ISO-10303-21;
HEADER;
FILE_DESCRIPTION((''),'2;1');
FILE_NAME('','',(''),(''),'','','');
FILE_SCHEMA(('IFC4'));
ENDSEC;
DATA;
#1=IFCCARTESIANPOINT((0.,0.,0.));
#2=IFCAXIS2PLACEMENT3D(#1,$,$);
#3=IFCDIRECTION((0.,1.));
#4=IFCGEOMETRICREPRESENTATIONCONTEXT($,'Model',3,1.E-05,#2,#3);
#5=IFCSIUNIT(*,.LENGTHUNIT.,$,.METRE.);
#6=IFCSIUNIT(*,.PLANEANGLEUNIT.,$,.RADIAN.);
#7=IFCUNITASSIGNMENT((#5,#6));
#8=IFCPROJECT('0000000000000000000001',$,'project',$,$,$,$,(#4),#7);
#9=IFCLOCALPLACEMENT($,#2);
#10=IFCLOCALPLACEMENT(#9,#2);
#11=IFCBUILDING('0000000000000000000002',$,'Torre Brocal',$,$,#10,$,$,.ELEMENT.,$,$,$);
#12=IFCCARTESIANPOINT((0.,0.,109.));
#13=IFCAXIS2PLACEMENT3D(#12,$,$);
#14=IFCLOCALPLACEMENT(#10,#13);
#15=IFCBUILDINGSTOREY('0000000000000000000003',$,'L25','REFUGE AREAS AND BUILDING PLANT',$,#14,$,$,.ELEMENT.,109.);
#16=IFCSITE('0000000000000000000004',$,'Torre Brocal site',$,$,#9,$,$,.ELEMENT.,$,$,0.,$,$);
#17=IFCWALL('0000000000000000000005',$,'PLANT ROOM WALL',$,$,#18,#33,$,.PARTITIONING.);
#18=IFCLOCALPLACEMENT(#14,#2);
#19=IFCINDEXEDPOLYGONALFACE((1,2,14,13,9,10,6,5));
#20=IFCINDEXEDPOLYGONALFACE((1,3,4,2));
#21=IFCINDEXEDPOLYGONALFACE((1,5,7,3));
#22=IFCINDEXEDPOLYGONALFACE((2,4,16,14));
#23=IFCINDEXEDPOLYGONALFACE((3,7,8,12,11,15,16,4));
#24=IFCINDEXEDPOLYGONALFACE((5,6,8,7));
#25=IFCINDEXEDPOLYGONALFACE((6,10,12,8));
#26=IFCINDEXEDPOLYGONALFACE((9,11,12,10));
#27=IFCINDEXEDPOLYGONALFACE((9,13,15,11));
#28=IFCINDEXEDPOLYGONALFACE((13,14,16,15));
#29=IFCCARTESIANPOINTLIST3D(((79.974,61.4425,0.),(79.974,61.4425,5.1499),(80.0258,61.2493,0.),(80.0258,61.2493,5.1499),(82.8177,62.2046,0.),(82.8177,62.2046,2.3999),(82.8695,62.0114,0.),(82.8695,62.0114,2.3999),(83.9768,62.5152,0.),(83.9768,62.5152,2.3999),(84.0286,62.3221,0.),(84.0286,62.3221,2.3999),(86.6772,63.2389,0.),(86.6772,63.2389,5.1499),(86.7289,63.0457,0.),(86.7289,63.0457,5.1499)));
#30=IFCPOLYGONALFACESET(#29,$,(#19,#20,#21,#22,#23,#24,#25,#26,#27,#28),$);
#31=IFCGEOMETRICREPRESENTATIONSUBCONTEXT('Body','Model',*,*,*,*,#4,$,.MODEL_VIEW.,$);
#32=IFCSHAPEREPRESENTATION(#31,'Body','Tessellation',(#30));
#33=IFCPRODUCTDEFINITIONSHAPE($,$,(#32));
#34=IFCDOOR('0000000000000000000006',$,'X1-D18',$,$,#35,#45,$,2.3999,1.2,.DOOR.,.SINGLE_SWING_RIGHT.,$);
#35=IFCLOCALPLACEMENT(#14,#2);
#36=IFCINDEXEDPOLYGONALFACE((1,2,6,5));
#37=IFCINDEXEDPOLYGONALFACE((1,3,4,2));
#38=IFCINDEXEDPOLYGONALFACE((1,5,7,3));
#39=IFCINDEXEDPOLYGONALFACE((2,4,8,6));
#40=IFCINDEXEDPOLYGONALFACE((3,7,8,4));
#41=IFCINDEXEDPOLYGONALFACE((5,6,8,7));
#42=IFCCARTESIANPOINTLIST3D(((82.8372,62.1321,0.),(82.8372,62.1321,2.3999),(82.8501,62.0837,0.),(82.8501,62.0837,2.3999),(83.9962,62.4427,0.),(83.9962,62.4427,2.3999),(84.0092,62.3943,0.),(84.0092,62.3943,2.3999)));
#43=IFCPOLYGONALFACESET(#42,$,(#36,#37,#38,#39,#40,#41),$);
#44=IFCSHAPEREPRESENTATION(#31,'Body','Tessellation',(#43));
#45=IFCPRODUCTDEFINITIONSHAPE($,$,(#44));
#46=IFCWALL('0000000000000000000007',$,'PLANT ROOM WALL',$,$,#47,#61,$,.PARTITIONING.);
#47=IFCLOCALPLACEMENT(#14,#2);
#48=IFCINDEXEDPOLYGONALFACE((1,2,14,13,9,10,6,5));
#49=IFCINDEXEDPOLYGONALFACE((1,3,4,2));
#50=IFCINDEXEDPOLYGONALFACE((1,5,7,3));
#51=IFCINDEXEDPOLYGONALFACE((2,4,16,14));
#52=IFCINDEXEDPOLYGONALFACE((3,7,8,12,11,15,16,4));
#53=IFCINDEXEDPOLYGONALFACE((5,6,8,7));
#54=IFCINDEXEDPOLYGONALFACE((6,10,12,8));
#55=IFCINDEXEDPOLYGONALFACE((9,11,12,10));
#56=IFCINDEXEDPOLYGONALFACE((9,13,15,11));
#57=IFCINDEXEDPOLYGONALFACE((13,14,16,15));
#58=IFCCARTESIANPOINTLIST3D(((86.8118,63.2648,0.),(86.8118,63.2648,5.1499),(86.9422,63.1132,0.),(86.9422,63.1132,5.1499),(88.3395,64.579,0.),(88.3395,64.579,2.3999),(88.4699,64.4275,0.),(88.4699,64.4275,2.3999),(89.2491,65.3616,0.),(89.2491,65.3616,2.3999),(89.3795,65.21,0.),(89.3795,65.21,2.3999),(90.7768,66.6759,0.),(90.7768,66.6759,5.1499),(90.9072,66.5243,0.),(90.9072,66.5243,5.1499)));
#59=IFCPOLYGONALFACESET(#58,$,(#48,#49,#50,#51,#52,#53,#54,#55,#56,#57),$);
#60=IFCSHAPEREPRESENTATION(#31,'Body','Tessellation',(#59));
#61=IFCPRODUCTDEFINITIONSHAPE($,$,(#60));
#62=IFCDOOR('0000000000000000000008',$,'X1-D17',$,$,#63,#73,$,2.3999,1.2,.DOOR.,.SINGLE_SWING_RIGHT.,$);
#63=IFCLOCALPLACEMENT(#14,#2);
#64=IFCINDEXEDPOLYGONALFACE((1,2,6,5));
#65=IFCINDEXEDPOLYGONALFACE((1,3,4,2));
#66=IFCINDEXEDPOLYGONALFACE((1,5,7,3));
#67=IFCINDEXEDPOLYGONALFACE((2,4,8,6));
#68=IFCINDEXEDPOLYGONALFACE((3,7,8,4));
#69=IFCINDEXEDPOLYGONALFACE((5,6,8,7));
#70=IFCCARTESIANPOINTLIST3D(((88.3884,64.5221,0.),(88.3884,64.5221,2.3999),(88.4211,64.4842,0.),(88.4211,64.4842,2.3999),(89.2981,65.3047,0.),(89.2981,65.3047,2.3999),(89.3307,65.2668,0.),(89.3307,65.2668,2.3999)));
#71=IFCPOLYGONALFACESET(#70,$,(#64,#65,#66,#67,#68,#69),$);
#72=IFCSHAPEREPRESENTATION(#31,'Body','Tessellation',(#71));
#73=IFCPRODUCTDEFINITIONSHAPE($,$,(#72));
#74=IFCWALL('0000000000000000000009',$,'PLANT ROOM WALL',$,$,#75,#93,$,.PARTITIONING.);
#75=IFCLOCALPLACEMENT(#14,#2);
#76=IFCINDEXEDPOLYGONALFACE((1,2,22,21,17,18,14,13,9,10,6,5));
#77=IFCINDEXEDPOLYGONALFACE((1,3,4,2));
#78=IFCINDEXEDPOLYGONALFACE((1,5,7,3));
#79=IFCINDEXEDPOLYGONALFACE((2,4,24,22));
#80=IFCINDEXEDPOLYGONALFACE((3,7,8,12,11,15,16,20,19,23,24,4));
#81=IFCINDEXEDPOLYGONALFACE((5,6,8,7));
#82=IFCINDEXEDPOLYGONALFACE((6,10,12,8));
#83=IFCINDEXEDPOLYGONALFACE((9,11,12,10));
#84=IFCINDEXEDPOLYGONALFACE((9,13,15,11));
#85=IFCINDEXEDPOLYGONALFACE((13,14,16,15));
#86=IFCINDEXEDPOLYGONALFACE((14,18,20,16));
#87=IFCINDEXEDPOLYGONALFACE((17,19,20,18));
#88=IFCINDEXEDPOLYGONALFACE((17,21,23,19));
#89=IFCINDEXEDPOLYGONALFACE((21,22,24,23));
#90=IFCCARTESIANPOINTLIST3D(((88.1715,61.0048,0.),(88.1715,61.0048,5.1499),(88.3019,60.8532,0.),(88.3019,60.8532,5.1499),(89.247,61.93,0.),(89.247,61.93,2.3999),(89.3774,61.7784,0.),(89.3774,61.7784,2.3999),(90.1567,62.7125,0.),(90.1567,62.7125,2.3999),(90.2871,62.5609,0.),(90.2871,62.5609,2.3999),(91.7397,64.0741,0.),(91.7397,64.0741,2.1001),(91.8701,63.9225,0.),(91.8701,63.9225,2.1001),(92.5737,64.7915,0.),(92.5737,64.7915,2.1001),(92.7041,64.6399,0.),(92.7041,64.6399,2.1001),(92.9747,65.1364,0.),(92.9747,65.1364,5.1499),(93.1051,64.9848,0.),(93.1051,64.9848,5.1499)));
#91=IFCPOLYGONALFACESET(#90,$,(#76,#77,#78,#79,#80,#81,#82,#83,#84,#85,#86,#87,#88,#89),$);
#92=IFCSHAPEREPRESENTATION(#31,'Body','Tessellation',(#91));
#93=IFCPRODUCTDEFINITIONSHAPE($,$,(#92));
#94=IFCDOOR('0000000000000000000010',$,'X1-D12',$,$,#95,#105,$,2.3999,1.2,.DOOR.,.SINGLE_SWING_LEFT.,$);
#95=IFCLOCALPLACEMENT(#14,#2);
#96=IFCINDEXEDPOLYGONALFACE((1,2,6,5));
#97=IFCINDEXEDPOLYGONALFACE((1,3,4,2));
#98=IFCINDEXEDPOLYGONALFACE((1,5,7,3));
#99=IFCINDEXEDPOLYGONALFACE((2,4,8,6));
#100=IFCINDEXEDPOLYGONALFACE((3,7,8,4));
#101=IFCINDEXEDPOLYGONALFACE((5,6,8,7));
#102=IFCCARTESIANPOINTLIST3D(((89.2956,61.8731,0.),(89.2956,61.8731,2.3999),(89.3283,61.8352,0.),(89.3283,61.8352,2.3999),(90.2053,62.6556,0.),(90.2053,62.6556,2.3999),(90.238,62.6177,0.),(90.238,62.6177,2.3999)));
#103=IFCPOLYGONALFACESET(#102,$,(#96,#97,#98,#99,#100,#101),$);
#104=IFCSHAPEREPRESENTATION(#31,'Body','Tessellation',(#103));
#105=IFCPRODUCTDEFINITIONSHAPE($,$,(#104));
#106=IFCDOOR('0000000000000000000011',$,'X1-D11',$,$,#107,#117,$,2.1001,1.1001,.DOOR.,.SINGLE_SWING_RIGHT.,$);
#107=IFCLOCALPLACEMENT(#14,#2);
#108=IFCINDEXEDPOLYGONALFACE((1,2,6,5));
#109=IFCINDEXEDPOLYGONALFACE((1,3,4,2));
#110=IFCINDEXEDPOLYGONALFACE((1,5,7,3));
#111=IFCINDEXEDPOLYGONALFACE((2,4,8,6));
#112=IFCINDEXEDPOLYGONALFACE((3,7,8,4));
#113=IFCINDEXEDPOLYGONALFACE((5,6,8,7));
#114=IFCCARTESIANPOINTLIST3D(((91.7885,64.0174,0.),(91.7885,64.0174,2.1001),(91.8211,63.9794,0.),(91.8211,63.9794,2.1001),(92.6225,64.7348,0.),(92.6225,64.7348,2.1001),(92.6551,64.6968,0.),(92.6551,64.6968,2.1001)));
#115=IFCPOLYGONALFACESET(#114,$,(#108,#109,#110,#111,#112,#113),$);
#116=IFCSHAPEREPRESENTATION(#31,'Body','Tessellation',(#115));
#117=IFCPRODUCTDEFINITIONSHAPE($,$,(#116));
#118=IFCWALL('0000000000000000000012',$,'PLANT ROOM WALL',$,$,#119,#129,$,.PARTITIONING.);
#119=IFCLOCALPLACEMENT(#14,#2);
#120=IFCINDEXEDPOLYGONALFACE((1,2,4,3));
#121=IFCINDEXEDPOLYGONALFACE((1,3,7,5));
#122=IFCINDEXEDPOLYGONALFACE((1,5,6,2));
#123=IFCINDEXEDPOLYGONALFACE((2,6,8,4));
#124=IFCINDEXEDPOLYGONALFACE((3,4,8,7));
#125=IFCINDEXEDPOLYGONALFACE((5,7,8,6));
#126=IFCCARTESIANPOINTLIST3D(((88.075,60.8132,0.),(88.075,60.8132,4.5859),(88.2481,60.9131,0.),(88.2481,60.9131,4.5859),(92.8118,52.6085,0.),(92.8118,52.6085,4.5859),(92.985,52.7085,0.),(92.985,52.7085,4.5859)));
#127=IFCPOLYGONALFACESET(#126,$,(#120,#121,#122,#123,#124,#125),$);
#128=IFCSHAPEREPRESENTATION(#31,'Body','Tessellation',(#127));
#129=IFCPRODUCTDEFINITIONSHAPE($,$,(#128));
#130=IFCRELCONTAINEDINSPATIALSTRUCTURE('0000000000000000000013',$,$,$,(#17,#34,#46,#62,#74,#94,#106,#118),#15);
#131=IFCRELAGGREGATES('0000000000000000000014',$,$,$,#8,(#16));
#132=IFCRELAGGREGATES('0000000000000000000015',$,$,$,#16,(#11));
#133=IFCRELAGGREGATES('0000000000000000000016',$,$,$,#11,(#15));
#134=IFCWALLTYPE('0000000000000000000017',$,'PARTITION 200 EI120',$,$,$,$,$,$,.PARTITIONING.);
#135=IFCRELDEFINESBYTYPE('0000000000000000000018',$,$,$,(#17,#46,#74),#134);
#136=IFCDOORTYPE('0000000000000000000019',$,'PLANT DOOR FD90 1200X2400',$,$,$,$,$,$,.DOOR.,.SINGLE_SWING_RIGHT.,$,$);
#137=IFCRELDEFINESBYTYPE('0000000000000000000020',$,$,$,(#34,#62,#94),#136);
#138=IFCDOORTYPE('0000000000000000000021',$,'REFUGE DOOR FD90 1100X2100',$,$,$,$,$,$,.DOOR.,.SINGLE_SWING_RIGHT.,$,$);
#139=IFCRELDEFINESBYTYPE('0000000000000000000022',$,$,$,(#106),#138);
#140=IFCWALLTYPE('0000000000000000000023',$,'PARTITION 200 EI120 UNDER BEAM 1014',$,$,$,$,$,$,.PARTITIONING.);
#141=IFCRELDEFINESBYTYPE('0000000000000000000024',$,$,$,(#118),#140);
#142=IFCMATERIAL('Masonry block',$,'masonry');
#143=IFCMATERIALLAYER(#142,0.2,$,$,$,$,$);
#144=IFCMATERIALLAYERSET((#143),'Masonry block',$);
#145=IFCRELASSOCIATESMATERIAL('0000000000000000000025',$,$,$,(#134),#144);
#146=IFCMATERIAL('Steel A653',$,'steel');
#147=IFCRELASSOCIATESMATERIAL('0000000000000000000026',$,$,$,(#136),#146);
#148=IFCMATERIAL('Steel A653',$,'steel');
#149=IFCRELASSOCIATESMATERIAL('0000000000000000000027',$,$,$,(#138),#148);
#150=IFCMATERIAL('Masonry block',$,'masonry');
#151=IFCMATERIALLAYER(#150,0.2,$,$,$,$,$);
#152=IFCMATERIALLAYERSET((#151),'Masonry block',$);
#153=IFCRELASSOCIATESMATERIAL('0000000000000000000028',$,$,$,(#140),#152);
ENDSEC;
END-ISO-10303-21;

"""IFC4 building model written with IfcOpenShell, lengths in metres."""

from ifc_helpers import new_model, si_unit, direction, frame, frame_2d, origin, place, context, subcontext, project, spatial, rectangle, extrude, material, layer, layer_set, type_object, element, fill, save


model = new_model("IFC4")

# Units and contexts
model_context = context("Model", 3, precision=1e-05, world=origin(), true_north=direction((0.0, 1.0)))
body_context = subcontext(model_context, "Body", "Model", "MODEL_VIEW")
ifc_project = project(units=[si_unit("LENGTHUNIT", "METRE"), si_unit("PLANEANGLEUNIT", "RADIAN")], contexts=[model_context])

# Site, building, storey
site_placement = place(None, origin())
site = spatial("IfcSite", under=ifc_project, at=site_placement, Name="Torre Brocal site", CompositionType="ELEMENT", RefElevation=0.0)
building_placement = place(site_placement, origin())
building = spatial("IfcBuilding", under=site, at=building_placement, Name="Torre Brocal", CompositionType="ELEMENT")
storey_placement = place(building_placement, frame((0.0, 0.0, 109.0)))
storey = spatial("IfcBuildingStorey", under=building, at=storey_placement, Name="L25", Description="REFUGE AREAS AND BUILDING PLANT", CompositionType="ELEMENT", Elevation=109.0)

# Shared definitions
ifc_material_1 = material(Name="Masonry block", Category="masonry")
ifc_layer_1 = layer(ifc_material_1, 0.2)
ifc_layer_set_1 = layer_set([ifc_layer_1], Name="Masonry block")
wall_type_1 = type_object("IfcWallType", Name="PARTITION 200 EI120", PredefinedType="PARTITIONING", material=ifc_layer_set_1)
ifc_material_2 = material(Name="Steel A653", Category="steel")
door_type_1 = type_object("IfcDoorType", Name="PLANT DOOR FD90 1200X2400", OperationType="SINGLE_SWING_RIGHT", PredefinedType="DOOR", material=ifc_material_2)

# Walls, openings, doors
wall_1_placement = place(storey_placement, frame((80.0, 61.3459, 0.0), z_axis=(0.0, 0.0, 1.0), x_axis=(0.965915, 0.258858, 0.0)))
wall_1 = element("IfcWall", 1, at=wall_1_placement, inside=storey, type_object=wall_type_1, Name="PLANT ROOM WALL", PredefinedType="PARTITIONING", context=body_context, shape_type="SweptSolid", body=[
    extrude(rectangle(XDim=6.9397, YDim=0.2, at=frame_2d((3.4697, 0.0))), origin(), (0.0, 0.0, 1.0), 5.1499),
])
opening_1_placement = place(wall_1_placement, frame((2.9438, 0.0, 0.0)))
opening_1 = element("IfcOpeningElement", 2, at=opening_1_placement, cuts=wall_1, PredefinedType="OPENING", context=body_context, shape_type="SweptSolid", body=[
    extrude(rectangle(XDim=1.2, YDim=2.3999, at=frame_2d((0.6001, 1.2))), frame((0.0, 0.1099, 0.0), z_axis=(0.0, -1.0, 0.0), x_axis=(1.0, 0.0, 0.0)), (0.0, 0.0, 1.0), 0.22),
])
door_1_placement = place(opening_1_placement, origin())
door_1 = element("IfcDoor", 3, at=door_1_placement, inside=storey, type_object=door_type_1, Name="X1-D18", OperationType="SINGLE_SWING_RIGHT", OverallHeight=2.3999, OverallWidth=1.2, PredefinedType="DOOR", context=body_context, shape_type="SweptSolid", body=[
    extrude(rectangle(XDim=1.2, YDim=2.3999, at=frame_2d((0.6001, 1.2))), frame((0.0, 0.0249, 0.0), z_axis=(0.0, -1.0, 0.0), x_axis=(1.0, 0.0, 0.0)), (0.0, 0.0, 1.0), 0.05),
])
fill(opening_1, door_1)
wall_2_placement = place(storey_placement, frame((86.877, 63.189, 0.0), z_axis=(0.0, 0.0, 1.0), x_axis=(0.758076, 0.652166, 0.0)))
wall_2 = element("IfcWall", 4, at=wall_2_placement, inside=storey, type_object=wall_type_1, Name="PLANT ROOM WALL", PredefinedType="PARTITIONING", context=body_context, shape_type="SweptSolid", body=[
    extrude(rectangle(XDim=5.2305, YDim=0.2, at=frame_2d((2.6152, 0.0))), origin(), (0.0, 0.0, 1.0), 5.1499),
])
opening_2_placement = place(wall_2_placement, frame((2.0151, 0.0, 0.0)))
opening_2 = element("IfcOpeningElement", 5, at=opening_2_placement, cuts=wall_2, PredefinedType="OPENING", context=body_context, shape_type="SweptSolid", body=[
    extrude(rectangle(XDim=1.2, YDim=2.3999, at=frame_2d((0.6001, 1.2))), frame((0.0, 0.1099, 0.0), z_axis=(0.0, -1.0, 0.0), x_axis=(1.0, 0.0, 0.0)), (0.0, 0.0, 1.0), 0.22),
])
door_2_placement = place(opening_2_placement, origin())
door_2 = element("IfcDoor", 6, at=door_2_placement, inside=storey, type_object=door_type_1, Name="X1-D17", OperationType="SINGLE_SWING_RIGHT", OverallHeight=2.3999, OverallWidth=1.2, PredefinedType="DOOR", context=body_context, shape_type="SweptSolid", body=[
    extrude(rectangle(XDim=1.2, YDim=2.3999, at=frame_2d((0.6001, 1.2))), frame((0.0, 0.0249, 0.0), z_axis=(0.0, -1.0, 0.0), x_axis=(1.0, 0.0, 0.0)), (0.0, 0.0, 1.0), 0.05),
])
fill(opening_2, door_2)

# Wall, openings, doors
wall_3_placement = place(storey_placement, frame((88.2366, 60.929, 0.0), z_axis=(0.0, 0.0, 1.0), x_axis=(0.758121, 0.652114, 0.0)))
wall_3 = element("IfcWall", 7, at=wall_3_placement, inside=storey, type_object=wall_type_1, Name="PLANT ROOM WALL", PredefinedType="PARTITIONING", context=body_context, shape_type="SweptSolid", body=[
    extrude(rectangle(XDim=6.3357, YDim=0.2, at=frame_2d((3.168, 0.0))), origin(), (0.0, 0.0, 1.0), 5.1499),
])
opening_3_placement = place(wall_3_placement, frame((4.7068, 0.0, 0.0)))
opening_3 = element("IfcOpeningElement", 8, at=opening_3_placement, cuts=wall_3, PredefinedType="OPENING", context=body_context, shape_type="SweptSolid", body=[
    extrude(rectangle(XDim=1.1001, YDim=2.1001, at=frame_2d((0.55, 1.05))), frame((0.0, 0.1099, 0.0), z_axis=(0.0, -1.0, 0.0), x_axis=(1.0, 0.0, 0.0)), (0.0, 0.0, 1.0), 0.22),
])
opening_4_placement = place(wall_3_placement, frame((1.4187, 0.0, 0.0)))
opening_4 = element("IfcOpeningElement", 9, at=opening_4_placement, cuts=wall_3, PredefinedType="OPENING", context=body_context, shape_type="SweptSolid", body=[
    extrude(rectangle(XDim=1.2, YDim=2.3999, at=frame_2d((0.6001, 1.2))), frame((0.0, 0.1099, 0.0), z_axis=(0.0, -1.0, 0.0), x_axis=(1.0, 0.0, 0.0)), (0.0, 0.0, 1.0), 0.22),
])
door_3_placement = place(opening_4_placement, frame((1.2, 0.0, 0.0), z_axis=(0.0, 0.0, 1.0), x_axis=(-1.0, 0.0, 0.0)))
door_3 = element("IfcDoor", 10, at=door_3_placement, inside=storey, type_object=door_type_1, Name="X1-D12", OperationType="SINGLE_SWING_LEFT", OverallHeight=2.3999, OverallWidth=1.2, PredefinedType="DOOR", context=body_context, shape_type="SweptSolid", body=[
    extrude(rectangle(XDim=1.2, YDim=2.3999, at=frame_2d((0.6001, 1.2))), frame((0.0, 0.0249, 0.0), z_axis=(0.0, -1.0, 0.0), x_axis=(1.0, 0.0, 0.0)), (0.0, 0.0, 1.0), 0.05),
])
fill(opening_4, door_3)
ifc_material_3 = material(Name="Steel A653", Category="steel")
door_type_2 = type_object("IfcDoorType", Name="REFUGE DOOR FD90 1100X2100", OperationType="SINGLE_SWING_RIGHT", PredefinedType="DOOR", material=ifc_material_3)
door_4_placement = place(opening_3_placement, frame((1.1001, 0.0, 0.0), z_axis=(0.0, 0.0, 1.0), x_axis=(-1.0, 0.0, 0.0)))
door_4 = element("IfcDoor", 11, at=door_4_placement, inside=storey, type_object=door_type_2, Name="X1-D11", OperationType="SINGLE_SWING_RIGHT", OverallHeight=2.1001, OverallWidth=1.1001, PredefinedType="DOOR", context=body_context, shape_type="SweptSolid", body=[
    extrude(rectangle(XDim=1.1001, YDim=2.1001, at=frame_2d((0.55, 1.05))), frame((0.0, 0.0249, 0.0), z_axis=(0.0, -1.0, 0.0), x_axis=(1.0, 0.0, 0.0)), (0.0, 0.0, 1.0), 0.05),
])
fill(opening_3, door_4)

# Wall
ifc_material_4 = material(Name="Masonry block", Category="masonry")
ifc_layer_2 = layer(ifc_material_4, 0.2)
ifc_layer_set_2 = layer_set([ifc_layer_2], Name="Masonry block")
wall_type_2 = type_object("IfcWallType", Name="PARTITION 200 EI120 UNDER BEAM 1014", PredefinedType="PARTITIONING", material=ifc_layer_set_2)
wall_4_placement = place(storey_placement, frame((88.1616, 60.863, 0.0), z_axis=(0.0, 0.0, 1.0), x_axis=(0.499992, -0.86603, 0.0)))
element("IfcWall", 12, at=wall_4_placement, inside=storey, type_object=wall_type_2, Name="PLANT ROOM WALL", PredefinedType="PARTITIONING", context=body_context, shape_type="SweptSolid", body=[
    extrude(rectangle(XDim=9.4739, YDim=0.2, at=frame_2d((4.7368, 0.0))), origin(), (0.0, 0.0, 1.0), 4.5859),
])

save(model, "model.ifc")
